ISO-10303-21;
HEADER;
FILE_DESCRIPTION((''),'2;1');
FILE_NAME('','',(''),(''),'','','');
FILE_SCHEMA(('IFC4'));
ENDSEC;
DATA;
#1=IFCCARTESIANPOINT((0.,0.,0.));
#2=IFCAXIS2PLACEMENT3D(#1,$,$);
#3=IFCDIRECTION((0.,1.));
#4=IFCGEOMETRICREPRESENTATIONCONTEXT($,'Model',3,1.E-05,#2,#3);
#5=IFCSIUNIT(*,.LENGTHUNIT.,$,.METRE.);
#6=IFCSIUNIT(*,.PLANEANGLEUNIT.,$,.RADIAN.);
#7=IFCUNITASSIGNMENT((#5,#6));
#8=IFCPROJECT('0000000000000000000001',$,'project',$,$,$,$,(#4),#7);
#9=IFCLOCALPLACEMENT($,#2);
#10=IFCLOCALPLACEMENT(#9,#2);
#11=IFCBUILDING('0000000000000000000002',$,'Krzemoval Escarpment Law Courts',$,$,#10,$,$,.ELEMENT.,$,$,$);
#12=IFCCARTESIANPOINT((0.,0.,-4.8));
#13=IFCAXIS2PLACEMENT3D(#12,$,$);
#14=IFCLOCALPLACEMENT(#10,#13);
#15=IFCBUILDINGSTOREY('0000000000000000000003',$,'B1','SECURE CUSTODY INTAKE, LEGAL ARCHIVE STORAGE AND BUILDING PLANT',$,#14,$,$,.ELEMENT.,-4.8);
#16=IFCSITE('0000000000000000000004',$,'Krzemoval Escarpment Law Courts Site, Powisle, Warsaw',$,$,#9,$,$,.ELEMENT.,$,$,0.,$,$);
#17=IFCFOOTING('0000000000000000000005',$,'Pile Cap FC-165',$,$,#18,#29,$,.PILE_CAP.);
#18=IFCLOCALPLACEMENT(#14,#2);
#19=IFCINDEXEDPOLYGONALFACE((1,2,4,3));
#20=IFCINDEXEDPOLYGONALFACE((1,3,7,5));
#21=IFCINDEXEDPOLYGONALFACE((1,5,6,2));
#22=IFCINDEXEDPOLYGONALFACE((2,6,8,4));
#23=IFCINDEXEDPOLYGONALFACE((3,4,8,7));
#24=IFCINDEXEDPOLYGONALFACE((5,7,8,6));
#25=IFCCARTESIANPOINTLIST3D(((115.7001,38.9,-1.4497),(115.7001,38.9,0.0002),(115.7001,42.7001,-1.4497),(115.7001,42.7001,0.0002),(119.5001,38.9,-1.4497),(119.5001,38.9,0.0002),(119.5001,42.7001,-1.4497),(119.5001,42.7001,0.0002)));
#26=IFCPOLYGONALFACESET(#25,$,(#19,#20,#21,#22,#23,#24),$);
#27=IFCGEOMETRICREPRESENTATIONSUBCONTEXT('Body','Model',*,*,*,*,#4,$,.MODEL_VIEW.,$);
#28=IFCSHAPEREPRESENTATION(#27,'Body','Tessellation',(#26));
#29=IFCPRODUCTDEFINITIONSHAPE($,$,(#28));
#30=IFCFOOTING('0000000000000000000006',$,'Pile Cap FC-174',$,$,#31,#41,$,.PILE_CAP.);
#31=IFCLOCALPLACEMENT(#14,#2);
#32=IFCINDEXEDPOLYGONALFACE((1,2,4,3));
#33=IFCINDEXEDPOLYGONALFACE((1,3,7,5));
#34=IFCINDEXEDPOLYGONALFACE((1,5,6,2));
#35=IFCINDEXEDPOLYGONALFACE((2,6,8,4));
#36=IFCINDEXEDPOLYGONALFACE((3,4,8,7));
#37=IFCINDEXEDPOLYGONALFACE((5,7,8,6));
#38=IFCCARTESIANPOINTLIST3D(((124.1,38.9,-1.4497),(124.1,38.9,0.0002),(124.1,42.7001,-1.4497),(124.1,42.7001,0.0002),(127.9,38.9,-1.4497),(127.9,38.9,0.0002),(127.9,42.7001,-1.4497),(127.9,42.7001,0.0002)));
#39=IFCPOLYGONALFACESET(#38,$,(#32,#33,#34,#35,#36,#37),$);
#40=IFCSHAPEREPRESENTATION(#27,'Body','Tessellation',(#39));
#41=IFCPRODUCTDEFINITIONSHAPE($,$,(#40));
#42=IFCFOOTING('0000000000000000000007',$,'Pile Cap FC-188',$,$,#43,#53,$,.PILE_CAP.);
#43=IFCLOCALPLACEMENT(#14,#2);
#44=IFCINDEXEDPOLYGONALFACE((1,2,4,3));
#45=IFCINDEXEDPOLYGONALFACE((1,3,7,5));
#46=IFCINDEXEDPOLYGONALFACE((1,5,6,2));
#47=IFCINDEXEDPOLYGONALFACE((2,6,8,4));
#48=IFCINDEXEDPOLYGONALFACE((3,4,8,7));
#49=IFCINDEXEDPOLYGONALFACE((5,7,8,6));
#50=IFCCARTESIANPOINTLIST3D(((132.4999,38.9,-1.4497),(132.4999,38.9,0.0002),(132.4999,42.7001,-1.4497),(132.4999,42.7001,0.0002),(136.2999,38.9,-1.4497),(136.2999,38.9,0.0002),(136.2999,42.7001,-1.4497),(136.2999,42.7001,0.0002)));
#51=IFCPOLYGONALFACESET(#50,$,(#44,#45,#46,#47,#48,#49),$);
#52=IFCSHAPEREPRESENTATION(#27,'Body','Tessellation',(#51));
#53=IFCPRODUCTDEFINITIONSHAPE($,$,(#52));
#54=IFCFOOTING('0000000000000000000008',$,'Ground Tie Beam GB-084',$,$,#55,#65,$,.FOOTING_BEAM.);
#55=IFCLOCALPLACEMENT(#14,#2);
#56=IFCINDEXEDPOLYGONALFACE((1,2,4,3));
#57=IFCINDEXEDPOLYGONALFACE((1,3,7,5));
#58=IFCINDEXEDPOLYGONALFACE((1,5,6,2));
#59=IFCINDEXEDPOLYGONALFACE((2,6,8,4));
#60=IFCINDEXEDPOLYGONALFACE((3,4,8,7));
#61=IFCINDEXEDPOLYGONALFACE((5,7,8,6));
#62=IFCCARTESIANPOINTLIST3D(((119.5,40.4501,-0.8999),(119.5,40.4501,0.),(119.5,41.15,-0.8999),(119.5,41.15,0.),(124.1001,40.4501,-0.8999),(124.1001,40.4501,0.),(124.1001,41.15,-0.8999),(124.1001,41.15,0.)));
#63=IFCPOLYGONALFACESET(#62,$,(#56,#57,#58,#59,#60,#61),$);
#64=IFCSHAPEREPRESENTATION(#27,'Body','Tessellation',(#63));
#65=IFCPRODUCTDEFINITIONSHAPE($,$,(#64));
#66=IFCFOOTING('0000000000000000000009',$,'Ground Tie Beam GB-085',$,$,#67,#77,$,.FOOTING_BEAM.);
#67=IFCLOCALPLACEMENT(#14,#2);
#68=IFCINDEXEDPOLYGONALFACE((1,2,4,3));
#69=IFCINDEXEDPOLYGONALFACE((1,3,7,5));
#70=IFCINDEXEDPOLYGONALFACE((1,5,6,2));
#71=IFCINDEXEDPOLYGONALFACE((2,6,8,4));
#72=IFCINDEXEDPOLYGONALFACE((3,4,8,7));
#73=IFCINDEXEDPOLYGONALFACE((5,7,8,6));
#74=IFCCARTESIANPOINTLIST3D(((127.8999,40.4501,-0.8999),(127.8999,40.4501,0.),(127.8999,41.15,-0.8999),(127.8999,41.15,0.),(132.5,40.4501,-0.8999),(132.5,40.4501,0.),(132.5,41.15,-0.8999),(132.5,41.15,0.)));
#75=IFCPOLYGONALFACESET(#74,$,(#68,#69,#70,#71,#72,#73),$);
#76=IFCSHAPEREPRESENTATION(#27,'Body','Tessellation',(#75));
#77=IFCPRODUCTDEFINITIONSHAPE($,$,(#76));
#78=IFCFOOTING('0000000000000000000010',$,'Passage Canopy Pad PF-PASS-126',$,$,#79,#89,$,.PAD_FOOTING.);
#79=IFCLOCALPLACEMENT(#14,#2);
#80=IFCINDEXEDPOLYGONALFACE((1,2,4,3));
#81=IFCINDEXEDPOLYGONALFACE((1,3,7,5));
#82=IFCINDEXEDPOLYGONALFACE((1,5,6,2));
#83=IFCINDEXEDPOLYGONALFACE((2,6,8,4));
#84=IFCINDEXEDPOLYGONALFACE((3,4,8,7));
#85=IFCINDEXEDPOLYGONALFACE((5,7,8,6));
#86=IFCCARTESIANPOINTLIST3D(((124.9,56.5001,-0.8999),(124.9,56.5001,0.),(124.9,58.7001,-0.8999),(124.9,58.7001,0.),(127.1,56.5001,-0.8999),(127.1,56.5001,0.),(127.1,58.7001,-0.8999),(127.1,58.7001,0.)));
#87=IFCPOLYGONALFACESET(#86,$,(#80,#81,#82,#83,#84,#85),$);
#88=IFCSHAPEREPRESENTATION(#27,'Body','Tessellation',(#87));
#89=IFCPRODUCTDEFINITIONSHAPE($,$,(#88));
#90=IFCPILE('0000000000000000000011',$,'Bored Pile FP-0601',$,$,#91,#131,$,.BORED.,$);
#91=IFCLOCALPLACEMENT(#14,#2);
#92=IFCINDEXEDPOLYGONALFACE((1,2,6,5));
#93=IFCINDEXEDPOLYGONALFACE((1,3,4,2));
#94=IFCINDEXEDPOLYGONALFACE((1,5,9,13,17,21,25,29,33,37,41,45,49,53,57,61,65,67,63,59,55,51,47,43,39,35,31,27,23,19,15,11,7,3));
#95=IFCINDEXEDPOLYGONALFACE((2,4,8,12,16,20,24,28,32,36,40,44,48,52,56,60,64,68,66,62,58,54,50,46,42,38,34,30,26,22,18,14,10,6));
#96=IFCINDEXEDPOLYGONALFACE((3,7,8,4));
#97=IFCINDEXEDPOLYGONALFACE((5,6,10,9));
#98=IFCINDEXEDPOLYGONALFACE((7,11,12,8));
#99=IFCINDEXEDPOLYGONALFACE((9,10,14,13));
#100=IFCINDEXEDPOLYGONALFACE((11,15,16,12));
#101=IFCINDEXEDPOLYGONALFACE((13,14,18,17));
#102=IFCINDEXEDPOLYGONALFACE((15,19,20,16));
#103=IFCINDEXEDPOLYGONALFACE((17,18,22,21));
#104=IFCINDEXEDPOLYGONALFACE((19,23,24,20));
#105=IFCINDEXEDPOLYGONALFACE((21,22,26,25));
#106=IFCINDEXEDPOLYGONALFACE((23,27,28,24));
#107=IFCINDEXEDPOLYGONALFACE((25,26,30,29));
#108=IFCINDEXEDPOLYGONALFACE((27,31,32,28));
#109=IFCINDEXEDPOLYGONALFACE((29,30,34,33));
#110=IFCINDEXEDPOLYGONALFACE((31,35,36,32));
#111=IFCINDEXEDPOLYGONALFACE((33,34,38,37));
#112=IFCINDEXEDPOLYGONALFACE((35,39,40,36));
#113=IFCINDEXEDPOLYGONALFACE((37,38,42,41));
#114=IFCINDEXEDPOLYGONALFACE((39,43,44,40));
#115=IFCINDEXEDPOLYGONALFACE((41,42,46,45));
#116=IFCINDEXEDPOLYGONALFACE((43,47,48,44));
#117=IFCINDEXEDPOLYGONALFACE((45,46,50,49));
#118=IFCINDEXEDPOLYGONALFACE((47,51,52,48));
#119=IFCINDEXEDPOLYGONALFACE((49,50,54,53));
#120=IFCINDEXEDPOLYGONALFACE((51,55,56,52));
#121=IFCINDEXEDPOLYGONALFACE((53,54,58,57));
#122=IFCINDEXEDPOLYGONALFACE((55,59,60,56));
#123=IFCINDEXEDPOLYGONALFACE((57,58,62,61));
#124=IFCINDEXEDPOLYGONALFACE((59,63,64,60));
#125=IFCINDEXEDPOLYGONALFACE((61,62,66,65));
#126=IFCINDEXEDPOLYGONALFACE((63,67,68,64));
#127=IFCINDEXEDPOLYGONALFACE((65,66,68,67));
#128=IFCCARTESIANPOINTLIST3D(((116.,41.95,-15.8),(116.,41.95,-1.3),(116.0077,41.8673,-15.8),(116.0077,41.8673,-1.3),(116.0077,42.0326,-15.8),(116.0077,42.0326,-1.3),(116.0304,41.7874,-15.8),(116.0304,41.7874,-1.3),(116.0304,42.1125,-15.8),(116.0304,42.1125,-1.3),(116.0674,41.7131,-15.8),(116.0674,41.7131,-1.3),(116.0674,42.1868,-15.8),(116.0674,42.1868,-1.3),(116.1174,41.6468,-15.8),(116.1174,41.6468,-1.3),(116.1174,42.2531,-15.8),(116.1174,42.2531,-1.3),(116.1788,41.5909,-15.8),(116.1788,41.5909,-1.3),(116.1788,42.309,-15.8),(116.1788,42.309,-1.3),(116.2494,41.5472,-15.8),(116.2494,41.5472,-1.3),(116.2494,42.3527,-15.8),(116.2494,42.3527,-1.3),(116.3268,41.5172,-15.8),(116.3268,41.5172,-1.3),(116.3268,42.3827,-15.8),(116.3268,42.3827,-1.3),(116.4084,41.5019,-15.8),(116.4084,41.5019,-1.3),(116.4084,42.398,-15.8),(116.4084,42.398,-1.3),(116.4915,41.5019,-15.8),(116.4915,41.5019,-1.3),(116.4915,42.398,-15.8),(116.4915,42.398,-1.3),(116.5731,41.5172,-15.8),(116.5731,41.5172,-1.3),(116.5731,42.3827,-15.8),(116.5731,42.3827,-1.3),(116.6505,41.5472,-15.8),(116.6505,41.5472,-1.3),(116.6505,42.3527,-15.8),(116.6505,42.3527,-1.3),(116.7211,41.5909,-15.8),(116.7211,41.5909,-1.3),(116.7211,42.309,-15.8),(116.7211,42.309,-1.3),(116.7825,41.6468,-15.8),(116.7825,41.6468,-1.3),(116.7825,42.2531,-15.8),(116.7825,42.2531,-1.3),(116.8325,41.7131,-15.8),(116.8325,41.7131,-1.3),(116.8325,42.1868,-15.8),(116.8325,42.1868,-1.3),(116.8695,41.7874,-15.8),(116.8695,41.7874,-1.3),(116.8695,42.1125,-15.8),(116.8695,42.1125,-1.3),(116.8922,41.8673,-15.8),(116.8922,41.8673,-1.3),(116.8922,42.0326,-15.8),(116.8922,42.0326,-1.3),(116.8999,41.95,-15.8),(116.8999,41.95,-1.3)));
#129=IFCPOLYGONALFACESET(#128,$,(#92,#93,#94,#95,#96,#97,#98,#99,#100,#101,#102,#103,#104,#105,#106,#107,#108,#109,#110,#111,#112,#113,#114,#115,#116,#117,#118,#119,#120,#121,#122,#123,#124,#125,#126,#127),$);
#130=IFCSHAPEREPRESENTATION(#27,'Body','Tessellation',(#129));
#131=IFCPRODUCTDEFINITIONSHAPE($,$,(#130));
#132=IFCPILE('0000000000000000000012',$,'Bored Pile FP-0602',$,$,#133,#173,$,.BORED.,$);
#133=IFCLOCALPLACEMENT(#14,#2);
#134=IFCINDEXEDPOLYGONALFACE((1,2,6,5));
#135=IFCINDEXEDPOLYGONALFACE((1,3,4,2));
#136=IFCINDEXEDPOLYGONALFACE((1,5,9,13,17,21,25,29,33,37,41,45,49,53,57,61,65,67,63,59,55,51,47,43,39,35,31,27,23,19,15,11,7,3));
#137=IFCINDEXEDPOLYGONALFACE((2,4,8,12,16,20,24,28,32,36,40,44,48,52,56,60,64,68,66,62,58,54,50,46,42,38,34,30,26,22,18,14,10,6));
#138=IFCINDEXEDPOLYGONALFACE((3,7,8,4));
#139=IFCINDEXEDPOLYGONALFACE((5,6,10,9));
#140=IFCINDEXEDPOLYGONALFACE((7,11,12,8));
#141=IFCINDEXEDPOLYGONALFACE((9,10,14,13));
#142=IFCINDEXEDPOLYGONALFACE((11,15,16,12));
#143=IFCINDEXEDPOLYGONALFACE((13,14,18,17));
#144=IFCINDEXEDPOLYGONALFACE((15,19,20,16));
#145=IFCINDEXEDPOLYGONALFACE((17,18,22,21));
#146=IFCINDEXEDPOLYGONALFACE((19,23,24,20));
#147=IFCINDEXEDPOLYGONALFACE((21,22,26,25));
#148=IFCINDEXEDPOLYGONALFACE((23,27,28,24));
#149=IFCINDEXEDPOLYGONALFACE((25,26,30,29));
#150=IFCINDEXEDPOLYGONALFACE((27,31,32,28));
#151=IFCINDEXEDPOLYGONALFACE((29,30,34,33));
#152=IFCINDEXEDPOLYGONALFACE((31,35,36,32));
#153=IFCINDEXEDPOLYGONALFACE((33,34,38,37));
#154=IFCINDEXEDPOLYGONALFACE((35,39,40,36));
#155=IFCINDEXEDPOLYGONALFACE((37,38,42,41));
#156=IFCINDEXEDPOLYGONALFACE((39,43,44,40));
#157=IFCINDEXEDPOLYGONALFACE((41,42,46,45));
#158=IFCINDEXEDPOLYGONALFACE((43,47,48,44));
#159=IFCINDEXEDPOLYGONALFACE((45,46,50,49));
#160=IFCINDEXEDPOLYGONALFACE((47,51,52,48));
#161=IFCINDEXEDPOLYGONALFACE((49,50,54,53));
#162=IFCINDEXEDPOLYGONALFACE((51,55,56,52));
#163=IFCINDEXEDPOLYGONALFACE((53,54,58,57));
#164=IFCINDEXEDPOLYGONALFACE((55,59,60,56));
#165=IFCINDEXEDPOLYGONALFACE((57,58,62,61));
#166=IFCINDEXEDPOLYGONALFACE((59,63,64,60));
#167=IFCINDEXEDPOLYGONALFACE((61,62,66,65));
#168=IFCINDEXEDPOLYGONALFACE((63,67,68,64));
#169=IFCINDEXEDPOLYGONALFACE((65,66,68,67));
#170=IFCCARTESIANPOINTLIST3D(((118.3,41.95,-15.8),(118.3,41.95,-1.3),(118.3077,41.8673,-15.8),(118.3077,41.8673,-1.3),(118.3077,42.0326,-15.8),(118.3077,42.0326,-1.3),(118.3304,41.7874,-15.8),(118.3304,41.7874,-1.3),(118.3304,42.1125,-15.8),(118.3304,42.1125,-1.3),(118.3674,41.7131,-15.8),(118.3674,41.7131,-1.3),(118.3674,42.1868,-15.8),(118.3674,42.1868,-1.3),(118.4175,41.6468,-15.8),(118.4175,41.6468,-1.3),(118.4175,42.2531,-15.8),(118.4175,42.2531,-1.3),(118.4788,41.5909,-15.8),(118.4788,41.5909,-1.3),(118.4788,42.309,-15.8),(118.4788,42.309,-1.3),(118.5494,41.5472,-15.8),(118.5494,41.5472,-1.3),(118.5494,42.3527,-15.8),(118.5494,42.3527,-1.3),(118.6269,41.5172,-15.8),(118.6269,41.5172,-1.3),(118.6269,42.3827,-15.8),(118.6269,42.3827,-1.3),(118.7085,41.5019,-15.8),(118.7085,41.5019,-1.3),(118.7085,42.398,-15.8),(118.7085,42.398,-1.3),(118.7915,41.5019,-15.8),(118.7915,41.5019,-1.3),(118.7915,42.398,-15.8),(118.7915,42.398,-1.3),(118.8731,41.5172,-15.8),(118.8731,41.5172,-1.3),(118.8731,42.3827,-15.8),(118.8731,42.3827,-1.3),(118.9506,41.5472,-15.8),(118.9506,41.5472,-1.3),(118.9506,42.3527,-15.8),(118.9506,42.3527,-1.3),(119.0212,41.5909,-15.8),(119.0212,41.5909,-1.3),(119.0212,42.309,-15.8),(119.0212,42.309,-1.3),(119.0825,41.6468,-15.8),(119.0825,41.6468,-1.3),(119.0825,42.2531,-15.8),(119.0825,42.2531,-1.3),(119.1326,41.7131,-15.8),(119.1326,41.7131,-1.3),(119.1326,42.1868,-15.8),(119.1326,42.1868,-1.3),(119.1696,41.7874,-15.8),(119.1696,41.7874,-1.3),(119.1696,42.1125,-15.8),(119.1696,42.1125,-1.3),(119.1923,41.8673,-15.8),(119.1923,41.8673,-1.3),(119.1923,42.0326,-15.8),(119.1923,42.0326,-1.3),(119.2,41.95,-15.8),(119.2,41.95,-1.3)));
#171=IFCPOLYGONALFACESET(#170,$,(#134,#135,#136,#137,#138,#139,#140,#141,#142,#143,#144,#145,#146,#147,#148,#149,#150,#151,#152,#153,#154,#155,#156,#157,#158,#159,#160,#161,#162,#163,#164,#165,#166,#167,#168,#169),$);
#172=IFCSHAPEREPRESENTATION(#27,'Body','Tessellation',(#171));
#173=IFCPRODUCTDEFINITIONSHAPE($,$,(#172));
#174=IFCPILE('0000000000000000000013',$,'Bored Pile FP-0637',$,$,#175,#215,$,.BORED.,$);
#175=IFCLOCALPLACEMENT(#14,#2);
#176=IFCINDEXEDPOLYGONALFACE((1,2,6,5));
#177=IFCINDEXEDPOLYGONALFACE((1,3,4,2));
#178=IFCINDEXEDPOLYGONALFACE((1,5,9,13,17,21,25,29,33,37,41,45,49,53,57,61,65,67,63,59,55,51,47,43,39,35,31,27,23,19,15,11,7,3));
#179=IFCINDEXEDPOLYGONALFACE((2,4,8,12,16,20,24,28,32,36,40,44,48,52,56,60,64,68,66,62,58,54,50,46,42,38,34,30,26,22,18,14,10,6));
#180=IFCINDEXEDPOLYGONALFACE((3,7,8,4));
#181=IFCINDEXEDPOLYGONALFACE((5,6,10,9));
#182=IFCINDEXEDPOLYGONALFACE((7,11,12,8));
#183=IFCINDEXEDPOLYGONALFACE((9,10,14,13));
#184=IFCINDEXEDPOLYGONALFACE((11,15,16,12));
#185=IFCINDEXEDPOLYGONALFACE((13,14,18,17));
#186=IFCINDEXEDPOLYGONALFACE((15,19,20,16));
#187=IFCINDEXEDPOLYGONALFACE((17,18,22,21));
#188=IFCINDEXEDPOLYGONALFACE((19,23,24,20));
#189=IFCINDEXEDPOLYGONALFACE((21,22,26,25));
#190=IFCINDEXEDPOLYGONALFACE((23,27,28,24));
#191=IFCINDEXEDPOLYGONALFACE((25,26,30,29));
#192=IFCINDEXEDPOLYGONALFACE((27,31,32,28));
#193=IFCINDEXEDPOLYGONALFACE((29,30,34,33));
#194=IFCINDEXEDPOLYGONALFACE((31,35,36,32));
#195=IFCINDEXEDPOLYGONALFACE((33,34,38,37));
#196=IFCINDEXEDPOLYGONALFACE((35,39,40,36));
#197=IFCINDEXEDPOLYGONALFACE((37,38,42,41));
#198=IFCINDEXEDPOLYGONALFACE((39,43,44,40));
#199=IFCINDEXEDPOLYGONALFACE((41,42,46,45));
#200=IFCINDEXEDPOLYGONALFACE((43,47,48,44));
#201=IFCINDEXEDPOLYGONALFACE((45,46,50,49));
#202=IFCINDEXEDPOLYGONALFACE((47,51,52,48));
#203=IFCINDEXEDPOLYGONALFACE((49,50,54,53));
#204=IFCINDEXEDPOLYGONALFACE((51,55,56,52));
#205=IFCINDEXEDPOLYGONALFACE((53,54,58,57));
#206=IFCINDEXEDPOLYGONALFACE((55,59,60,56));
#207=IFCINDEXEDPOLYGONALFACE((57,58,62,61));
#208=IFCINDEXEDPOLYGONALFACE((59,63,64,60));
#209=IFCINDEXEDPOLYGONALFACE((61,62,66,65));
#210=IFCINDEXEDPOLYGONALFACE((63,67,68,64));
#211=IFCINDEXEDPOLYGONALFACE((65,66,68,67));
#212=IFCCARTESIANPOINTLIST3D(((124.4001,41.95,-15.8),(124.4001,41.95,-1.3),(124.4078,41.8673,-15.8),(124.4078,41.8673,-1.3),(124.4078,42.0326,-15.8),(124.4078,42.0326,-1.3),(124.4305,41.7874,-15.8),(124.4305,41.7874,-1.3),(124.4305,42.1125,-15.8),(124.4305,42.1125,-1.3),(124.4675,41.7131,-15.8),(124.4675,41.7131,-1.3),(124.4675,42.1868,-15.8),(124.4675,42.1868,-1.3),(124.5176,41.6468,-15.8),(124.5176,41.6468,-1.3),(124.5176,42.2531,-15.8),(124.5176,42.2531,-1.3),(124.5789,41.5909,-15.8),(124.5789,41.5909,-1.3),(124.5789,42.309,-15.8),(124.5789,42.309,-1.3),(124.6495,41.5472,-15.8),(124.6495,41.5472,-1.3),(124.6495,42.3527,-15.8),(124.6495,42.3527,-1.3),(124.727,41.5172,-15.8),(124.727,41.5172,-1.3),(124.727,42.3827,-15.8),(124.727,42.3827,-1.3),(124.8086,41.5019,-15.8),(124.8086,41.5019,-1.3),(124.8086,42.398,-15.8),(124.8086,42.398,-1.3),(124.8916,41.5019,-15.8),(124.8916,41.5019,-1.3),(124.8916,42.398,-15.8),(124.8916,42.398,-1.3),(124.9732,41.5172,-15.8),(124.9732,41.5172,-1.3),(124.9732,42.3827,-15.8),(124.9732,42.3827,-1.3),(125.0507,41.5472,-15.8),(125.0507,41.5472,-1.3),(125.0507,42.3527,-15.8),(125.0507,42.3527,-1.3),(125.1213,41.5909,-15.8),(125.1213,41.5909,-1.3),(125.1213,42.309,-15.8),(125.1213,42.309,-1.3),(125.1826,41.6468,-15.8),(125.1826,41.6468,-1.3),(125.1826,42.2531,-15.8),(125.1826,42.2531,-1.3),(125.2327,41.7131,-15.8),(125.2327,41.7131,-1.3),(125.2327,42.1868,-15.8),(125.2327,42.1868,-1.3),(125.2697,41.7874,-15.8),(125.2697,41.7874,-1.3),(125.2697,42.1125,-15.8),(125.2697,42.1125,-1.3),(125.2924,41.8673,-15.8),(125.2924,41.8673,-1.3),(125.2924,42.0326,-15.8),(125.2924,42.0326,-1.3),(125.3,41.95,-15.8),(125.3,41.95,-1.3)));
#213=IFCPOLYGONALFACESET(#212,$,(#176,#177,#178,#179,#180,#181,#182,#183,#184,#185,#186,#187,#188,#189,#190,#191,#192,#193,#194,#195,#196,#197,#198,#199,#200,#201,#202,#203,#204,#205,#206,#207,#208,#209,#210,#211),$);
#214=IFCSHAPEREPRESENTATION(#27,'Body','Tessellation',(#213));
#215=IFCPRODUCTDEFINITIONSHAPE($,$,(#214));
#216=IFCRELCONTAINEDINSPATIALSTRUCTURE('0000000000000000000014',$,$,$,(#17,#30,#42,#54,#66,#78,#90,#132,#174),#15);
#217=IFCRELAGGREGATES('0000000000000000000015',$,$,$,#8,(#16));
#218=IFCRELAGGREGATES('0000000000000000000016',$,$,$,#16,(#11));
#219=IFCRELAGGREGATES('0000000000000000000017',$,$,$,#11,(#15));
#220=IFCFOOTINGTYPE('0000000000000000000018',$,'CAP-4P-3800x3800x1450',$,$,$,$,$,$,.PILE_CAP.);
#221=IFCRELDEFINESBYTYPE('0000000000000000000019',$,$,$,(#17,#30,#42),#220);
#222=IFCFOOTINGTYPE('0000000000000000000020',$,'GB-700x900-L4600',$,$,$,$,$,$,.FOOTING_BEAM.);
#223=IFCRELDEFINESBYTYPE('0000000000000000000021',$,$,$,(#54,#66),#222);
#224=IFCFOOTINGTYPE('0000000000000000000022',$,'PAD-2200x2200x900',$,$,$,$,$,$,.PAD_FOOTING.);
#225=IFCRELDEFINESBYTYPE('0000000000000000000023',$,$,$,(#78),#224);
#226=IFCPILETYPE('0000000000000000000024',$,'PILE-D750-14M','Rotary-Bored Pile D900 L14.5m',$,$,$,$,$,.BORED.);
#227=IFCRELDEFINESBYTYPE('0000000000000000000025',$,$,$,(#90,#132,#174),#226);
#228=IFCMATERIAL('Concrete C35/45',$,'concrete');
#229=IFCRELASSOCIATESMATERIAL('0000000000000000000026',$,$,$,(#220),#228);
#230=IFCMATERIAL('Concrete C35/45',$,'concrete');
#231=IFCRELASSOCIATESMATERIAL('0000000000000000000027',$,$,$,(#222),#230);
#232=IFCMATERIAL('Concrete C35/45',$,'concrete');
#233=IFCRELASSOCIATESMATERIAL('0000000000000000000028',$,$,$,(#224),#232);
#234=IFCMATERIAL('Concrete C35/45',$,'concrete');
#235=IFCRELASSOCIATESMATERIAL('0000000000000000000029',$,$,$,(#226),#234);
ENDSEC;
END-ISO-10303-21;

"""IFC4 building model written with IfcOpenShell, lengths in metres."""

from ifc_helpers import new_model, si_unit, direction, frame, origin, origin_2d, place, context, subcontext, project, spatial, rectangle, circle, extrude, material, material_profile, profile_set, type_object, element, save


model = new_model("IFC4")

# Units and contexts
model_context = context("Model", 3, precision=1e-05, world=origin(), true_north=direction((0.0, 1.0)))
body_context = subcontext(model_context, "Body", "Model", "MODEL_VIEW")
ifc_project = project(units=[si_unit("LENGTHUNIT", "METRE"), si_unit("PLANEANGLEUNIT", "RADIAN")], contexts=[model_context])

# Site, building, storey
site_placement = place(None, origin())
site = spatial("IfcSite", under=ifc_project, at=site_placement, Name="Krzemoval Escarpment Law Courts Site, Powisle, Warsaw", CompositionType="ELEMENT", RefElevation=0.0)
building_placement = place(site_placement, origin())
building = spatial("IfcBuilding", under=site, at=building_placement, Name="Krzemoval Escarpment Law Courts", CompositionType="ELEMENT")
storey_placement = place(building_placement, frame((0.0, 0.0, -4.8)))
storey = spatial("IfcBuildingStorey", under=building, at=storey_placement, Name="B1", Description="SECURE CUSTODY INTAKE, LEGAL ARCHIVE STORAGE AND BUILDING PLANT", CompositionType="ELEMENT", Elevation=-4.8)

# Footings
ifc_material_1 = material(Name="Concrete C35/45", Category="concrete")
footing_type_1 = type_object("IfcFootingType", Name="CAP-4P-3800x3800x1450", PredefinedType="PILE_CAP", material=ifc_material_1)
for number, where, z_axis, x_axis, name in (
    (1, (117.6001, 40.8, -1.4497), (0.0, 0.0, 1.0), (1.0, 0.0, 0.0), "Pile Cap FC-165"),
    (2, (126.0, 40.8, -1.4497), (0.0, 0.0, 1.0), (1.0, 0.0, 0.0), "Pile Cap FC-174"),
    (3, (134.3999, 40.8, -1.4497), (0.0, 0.0, 1.0), (1.0, 0.0, 0.0), "Pile Cap FC-188"),
):
    element("IfcFooting", number, at=place(storey_placement, frame(where, z_axis=z_axis, x_axis=x_axis)), inside=storey, type_object=footing_type_1, Name=name, PredefinedType="PILE_CAP", context=body_context, shape_type="SweptSolid", body=[
        extrude(rectangle(XDim=3.8, YDim=3.8, at=origin_2d()), origin(), (0.0, 0.0, 1.0), 1.45),
    ])
ifc_material_2 = material(Name="Concrete C35/45", Category="concrete")
footing_type_2 = type_object("IfcFootingType", Name="GB-700x900-L4600", PredefinedType="FOOTING_BEAM", material=ifc_material_2)
for number, where, z_axis, x_axis, name in (
    (4, (121.8, 40.8, -0.8999), (0.0, 0.0, 1.0), (1.0, 0.0, 0.0), "Ground Tie Beam GB-084"),
    (5, (130.2, 40.8, -0.8999), (0.0, 0.0, 1.0), (1.0, 0.0, 0.0), "Ground Tie Beam GB-085"),
):
    element("IfcFooting", number, at=place(storey_placement, frame(where, z_axis=z_axis, x_axis=x_axis)), inside=storey, type_object=footing_type_2, Name=name, PredefinedType="FOOTING_BEAM", context=body_context, shape_type="SweptSolid", body=[
        extrude(rectangle(XDim=4.6001, YDim=0.7, at=origin_2d()), origin(), (0.0, 0.0, 1.0), 0.8999),
    ])
ifc_material_3 = material(Name="Concrete C35/45", Category="concrete")
footing_type_3 = type_object("IfcFootingType", Name="PAD-2200x2200x900", PredefinedType="PAD_FOOTING", material=ifc_material_3)
footing_placement = place(storey_placement, frame((126.0, 57.6001, -0.8999), z_axis=(0.0, 0.0, 1.0), x_axis=(1.0, 0.0, 0.0)))
element("IfcFooting", 6, at=footing_placement, inside=storey, type_object=footing_type_3, Name="Passage Canopy Pad PF-PASS-126", PredefinedType="PAD_FOOTING", context=body_context, shape_type="SweptSolid", body=[
    extrude(rectangle(XDim=2.2, YDim=2.2, at=origin_2d()), origin(), (0.0, 0.0, 1.0), 0.8999),
])

# Piles
ifc_material_4 = material(Name="Concrete C35/45", Category="concrete")
ifc_material_profile_1 = material_profile(ifc_material_4, circle(Radius=0.45, at=origin_2d()), Name="PILE D900")
ifc_profile_set_1 = profile_set([ifc_material_profile_1], Name="Concrete C35/45")
pile_type = type_object("IfcPileType", Name="PILE-D750-14M", Description="Rotary-Bored Pile D900 L14.5m", PredefinedType="BORED", material=ifc_profile_set_1)
for number, where, z_axis, x_axis, name in (
    (7, (116.45, 41.95, -1.3), (0.0, 0.0, -1.0), (1.0, 0.0, 0.0), "Bored Pile FP-0601"),
    (8, (118.75, 41.95, -1.3), (0.0, 0.0, -1.0), (1.0, 0.0, 0.0), "Bored Pile FP-0602"),
    (9, (124.8501, 41.95, -1.3), (0.0, 0.0, -1.0), (1.0, 0.0, 0.0), "Bored Pile FP-0637"),
):
    element("IfcPile", number, at=place(storey_placement, frame(where, z_axis=z_axis, x_axis=x_axis)), inside=storey, type_object=pile_type, Name=name, PredefinedType="BORED", context=body_context, shape_type="SweptSolid", body=[
        extrude(circle(Radius=0.45, at=origin_2d()), origin(), (0.0, 0.0, 1.0), 14.5),
    ])

save(model, "model.ifc")
